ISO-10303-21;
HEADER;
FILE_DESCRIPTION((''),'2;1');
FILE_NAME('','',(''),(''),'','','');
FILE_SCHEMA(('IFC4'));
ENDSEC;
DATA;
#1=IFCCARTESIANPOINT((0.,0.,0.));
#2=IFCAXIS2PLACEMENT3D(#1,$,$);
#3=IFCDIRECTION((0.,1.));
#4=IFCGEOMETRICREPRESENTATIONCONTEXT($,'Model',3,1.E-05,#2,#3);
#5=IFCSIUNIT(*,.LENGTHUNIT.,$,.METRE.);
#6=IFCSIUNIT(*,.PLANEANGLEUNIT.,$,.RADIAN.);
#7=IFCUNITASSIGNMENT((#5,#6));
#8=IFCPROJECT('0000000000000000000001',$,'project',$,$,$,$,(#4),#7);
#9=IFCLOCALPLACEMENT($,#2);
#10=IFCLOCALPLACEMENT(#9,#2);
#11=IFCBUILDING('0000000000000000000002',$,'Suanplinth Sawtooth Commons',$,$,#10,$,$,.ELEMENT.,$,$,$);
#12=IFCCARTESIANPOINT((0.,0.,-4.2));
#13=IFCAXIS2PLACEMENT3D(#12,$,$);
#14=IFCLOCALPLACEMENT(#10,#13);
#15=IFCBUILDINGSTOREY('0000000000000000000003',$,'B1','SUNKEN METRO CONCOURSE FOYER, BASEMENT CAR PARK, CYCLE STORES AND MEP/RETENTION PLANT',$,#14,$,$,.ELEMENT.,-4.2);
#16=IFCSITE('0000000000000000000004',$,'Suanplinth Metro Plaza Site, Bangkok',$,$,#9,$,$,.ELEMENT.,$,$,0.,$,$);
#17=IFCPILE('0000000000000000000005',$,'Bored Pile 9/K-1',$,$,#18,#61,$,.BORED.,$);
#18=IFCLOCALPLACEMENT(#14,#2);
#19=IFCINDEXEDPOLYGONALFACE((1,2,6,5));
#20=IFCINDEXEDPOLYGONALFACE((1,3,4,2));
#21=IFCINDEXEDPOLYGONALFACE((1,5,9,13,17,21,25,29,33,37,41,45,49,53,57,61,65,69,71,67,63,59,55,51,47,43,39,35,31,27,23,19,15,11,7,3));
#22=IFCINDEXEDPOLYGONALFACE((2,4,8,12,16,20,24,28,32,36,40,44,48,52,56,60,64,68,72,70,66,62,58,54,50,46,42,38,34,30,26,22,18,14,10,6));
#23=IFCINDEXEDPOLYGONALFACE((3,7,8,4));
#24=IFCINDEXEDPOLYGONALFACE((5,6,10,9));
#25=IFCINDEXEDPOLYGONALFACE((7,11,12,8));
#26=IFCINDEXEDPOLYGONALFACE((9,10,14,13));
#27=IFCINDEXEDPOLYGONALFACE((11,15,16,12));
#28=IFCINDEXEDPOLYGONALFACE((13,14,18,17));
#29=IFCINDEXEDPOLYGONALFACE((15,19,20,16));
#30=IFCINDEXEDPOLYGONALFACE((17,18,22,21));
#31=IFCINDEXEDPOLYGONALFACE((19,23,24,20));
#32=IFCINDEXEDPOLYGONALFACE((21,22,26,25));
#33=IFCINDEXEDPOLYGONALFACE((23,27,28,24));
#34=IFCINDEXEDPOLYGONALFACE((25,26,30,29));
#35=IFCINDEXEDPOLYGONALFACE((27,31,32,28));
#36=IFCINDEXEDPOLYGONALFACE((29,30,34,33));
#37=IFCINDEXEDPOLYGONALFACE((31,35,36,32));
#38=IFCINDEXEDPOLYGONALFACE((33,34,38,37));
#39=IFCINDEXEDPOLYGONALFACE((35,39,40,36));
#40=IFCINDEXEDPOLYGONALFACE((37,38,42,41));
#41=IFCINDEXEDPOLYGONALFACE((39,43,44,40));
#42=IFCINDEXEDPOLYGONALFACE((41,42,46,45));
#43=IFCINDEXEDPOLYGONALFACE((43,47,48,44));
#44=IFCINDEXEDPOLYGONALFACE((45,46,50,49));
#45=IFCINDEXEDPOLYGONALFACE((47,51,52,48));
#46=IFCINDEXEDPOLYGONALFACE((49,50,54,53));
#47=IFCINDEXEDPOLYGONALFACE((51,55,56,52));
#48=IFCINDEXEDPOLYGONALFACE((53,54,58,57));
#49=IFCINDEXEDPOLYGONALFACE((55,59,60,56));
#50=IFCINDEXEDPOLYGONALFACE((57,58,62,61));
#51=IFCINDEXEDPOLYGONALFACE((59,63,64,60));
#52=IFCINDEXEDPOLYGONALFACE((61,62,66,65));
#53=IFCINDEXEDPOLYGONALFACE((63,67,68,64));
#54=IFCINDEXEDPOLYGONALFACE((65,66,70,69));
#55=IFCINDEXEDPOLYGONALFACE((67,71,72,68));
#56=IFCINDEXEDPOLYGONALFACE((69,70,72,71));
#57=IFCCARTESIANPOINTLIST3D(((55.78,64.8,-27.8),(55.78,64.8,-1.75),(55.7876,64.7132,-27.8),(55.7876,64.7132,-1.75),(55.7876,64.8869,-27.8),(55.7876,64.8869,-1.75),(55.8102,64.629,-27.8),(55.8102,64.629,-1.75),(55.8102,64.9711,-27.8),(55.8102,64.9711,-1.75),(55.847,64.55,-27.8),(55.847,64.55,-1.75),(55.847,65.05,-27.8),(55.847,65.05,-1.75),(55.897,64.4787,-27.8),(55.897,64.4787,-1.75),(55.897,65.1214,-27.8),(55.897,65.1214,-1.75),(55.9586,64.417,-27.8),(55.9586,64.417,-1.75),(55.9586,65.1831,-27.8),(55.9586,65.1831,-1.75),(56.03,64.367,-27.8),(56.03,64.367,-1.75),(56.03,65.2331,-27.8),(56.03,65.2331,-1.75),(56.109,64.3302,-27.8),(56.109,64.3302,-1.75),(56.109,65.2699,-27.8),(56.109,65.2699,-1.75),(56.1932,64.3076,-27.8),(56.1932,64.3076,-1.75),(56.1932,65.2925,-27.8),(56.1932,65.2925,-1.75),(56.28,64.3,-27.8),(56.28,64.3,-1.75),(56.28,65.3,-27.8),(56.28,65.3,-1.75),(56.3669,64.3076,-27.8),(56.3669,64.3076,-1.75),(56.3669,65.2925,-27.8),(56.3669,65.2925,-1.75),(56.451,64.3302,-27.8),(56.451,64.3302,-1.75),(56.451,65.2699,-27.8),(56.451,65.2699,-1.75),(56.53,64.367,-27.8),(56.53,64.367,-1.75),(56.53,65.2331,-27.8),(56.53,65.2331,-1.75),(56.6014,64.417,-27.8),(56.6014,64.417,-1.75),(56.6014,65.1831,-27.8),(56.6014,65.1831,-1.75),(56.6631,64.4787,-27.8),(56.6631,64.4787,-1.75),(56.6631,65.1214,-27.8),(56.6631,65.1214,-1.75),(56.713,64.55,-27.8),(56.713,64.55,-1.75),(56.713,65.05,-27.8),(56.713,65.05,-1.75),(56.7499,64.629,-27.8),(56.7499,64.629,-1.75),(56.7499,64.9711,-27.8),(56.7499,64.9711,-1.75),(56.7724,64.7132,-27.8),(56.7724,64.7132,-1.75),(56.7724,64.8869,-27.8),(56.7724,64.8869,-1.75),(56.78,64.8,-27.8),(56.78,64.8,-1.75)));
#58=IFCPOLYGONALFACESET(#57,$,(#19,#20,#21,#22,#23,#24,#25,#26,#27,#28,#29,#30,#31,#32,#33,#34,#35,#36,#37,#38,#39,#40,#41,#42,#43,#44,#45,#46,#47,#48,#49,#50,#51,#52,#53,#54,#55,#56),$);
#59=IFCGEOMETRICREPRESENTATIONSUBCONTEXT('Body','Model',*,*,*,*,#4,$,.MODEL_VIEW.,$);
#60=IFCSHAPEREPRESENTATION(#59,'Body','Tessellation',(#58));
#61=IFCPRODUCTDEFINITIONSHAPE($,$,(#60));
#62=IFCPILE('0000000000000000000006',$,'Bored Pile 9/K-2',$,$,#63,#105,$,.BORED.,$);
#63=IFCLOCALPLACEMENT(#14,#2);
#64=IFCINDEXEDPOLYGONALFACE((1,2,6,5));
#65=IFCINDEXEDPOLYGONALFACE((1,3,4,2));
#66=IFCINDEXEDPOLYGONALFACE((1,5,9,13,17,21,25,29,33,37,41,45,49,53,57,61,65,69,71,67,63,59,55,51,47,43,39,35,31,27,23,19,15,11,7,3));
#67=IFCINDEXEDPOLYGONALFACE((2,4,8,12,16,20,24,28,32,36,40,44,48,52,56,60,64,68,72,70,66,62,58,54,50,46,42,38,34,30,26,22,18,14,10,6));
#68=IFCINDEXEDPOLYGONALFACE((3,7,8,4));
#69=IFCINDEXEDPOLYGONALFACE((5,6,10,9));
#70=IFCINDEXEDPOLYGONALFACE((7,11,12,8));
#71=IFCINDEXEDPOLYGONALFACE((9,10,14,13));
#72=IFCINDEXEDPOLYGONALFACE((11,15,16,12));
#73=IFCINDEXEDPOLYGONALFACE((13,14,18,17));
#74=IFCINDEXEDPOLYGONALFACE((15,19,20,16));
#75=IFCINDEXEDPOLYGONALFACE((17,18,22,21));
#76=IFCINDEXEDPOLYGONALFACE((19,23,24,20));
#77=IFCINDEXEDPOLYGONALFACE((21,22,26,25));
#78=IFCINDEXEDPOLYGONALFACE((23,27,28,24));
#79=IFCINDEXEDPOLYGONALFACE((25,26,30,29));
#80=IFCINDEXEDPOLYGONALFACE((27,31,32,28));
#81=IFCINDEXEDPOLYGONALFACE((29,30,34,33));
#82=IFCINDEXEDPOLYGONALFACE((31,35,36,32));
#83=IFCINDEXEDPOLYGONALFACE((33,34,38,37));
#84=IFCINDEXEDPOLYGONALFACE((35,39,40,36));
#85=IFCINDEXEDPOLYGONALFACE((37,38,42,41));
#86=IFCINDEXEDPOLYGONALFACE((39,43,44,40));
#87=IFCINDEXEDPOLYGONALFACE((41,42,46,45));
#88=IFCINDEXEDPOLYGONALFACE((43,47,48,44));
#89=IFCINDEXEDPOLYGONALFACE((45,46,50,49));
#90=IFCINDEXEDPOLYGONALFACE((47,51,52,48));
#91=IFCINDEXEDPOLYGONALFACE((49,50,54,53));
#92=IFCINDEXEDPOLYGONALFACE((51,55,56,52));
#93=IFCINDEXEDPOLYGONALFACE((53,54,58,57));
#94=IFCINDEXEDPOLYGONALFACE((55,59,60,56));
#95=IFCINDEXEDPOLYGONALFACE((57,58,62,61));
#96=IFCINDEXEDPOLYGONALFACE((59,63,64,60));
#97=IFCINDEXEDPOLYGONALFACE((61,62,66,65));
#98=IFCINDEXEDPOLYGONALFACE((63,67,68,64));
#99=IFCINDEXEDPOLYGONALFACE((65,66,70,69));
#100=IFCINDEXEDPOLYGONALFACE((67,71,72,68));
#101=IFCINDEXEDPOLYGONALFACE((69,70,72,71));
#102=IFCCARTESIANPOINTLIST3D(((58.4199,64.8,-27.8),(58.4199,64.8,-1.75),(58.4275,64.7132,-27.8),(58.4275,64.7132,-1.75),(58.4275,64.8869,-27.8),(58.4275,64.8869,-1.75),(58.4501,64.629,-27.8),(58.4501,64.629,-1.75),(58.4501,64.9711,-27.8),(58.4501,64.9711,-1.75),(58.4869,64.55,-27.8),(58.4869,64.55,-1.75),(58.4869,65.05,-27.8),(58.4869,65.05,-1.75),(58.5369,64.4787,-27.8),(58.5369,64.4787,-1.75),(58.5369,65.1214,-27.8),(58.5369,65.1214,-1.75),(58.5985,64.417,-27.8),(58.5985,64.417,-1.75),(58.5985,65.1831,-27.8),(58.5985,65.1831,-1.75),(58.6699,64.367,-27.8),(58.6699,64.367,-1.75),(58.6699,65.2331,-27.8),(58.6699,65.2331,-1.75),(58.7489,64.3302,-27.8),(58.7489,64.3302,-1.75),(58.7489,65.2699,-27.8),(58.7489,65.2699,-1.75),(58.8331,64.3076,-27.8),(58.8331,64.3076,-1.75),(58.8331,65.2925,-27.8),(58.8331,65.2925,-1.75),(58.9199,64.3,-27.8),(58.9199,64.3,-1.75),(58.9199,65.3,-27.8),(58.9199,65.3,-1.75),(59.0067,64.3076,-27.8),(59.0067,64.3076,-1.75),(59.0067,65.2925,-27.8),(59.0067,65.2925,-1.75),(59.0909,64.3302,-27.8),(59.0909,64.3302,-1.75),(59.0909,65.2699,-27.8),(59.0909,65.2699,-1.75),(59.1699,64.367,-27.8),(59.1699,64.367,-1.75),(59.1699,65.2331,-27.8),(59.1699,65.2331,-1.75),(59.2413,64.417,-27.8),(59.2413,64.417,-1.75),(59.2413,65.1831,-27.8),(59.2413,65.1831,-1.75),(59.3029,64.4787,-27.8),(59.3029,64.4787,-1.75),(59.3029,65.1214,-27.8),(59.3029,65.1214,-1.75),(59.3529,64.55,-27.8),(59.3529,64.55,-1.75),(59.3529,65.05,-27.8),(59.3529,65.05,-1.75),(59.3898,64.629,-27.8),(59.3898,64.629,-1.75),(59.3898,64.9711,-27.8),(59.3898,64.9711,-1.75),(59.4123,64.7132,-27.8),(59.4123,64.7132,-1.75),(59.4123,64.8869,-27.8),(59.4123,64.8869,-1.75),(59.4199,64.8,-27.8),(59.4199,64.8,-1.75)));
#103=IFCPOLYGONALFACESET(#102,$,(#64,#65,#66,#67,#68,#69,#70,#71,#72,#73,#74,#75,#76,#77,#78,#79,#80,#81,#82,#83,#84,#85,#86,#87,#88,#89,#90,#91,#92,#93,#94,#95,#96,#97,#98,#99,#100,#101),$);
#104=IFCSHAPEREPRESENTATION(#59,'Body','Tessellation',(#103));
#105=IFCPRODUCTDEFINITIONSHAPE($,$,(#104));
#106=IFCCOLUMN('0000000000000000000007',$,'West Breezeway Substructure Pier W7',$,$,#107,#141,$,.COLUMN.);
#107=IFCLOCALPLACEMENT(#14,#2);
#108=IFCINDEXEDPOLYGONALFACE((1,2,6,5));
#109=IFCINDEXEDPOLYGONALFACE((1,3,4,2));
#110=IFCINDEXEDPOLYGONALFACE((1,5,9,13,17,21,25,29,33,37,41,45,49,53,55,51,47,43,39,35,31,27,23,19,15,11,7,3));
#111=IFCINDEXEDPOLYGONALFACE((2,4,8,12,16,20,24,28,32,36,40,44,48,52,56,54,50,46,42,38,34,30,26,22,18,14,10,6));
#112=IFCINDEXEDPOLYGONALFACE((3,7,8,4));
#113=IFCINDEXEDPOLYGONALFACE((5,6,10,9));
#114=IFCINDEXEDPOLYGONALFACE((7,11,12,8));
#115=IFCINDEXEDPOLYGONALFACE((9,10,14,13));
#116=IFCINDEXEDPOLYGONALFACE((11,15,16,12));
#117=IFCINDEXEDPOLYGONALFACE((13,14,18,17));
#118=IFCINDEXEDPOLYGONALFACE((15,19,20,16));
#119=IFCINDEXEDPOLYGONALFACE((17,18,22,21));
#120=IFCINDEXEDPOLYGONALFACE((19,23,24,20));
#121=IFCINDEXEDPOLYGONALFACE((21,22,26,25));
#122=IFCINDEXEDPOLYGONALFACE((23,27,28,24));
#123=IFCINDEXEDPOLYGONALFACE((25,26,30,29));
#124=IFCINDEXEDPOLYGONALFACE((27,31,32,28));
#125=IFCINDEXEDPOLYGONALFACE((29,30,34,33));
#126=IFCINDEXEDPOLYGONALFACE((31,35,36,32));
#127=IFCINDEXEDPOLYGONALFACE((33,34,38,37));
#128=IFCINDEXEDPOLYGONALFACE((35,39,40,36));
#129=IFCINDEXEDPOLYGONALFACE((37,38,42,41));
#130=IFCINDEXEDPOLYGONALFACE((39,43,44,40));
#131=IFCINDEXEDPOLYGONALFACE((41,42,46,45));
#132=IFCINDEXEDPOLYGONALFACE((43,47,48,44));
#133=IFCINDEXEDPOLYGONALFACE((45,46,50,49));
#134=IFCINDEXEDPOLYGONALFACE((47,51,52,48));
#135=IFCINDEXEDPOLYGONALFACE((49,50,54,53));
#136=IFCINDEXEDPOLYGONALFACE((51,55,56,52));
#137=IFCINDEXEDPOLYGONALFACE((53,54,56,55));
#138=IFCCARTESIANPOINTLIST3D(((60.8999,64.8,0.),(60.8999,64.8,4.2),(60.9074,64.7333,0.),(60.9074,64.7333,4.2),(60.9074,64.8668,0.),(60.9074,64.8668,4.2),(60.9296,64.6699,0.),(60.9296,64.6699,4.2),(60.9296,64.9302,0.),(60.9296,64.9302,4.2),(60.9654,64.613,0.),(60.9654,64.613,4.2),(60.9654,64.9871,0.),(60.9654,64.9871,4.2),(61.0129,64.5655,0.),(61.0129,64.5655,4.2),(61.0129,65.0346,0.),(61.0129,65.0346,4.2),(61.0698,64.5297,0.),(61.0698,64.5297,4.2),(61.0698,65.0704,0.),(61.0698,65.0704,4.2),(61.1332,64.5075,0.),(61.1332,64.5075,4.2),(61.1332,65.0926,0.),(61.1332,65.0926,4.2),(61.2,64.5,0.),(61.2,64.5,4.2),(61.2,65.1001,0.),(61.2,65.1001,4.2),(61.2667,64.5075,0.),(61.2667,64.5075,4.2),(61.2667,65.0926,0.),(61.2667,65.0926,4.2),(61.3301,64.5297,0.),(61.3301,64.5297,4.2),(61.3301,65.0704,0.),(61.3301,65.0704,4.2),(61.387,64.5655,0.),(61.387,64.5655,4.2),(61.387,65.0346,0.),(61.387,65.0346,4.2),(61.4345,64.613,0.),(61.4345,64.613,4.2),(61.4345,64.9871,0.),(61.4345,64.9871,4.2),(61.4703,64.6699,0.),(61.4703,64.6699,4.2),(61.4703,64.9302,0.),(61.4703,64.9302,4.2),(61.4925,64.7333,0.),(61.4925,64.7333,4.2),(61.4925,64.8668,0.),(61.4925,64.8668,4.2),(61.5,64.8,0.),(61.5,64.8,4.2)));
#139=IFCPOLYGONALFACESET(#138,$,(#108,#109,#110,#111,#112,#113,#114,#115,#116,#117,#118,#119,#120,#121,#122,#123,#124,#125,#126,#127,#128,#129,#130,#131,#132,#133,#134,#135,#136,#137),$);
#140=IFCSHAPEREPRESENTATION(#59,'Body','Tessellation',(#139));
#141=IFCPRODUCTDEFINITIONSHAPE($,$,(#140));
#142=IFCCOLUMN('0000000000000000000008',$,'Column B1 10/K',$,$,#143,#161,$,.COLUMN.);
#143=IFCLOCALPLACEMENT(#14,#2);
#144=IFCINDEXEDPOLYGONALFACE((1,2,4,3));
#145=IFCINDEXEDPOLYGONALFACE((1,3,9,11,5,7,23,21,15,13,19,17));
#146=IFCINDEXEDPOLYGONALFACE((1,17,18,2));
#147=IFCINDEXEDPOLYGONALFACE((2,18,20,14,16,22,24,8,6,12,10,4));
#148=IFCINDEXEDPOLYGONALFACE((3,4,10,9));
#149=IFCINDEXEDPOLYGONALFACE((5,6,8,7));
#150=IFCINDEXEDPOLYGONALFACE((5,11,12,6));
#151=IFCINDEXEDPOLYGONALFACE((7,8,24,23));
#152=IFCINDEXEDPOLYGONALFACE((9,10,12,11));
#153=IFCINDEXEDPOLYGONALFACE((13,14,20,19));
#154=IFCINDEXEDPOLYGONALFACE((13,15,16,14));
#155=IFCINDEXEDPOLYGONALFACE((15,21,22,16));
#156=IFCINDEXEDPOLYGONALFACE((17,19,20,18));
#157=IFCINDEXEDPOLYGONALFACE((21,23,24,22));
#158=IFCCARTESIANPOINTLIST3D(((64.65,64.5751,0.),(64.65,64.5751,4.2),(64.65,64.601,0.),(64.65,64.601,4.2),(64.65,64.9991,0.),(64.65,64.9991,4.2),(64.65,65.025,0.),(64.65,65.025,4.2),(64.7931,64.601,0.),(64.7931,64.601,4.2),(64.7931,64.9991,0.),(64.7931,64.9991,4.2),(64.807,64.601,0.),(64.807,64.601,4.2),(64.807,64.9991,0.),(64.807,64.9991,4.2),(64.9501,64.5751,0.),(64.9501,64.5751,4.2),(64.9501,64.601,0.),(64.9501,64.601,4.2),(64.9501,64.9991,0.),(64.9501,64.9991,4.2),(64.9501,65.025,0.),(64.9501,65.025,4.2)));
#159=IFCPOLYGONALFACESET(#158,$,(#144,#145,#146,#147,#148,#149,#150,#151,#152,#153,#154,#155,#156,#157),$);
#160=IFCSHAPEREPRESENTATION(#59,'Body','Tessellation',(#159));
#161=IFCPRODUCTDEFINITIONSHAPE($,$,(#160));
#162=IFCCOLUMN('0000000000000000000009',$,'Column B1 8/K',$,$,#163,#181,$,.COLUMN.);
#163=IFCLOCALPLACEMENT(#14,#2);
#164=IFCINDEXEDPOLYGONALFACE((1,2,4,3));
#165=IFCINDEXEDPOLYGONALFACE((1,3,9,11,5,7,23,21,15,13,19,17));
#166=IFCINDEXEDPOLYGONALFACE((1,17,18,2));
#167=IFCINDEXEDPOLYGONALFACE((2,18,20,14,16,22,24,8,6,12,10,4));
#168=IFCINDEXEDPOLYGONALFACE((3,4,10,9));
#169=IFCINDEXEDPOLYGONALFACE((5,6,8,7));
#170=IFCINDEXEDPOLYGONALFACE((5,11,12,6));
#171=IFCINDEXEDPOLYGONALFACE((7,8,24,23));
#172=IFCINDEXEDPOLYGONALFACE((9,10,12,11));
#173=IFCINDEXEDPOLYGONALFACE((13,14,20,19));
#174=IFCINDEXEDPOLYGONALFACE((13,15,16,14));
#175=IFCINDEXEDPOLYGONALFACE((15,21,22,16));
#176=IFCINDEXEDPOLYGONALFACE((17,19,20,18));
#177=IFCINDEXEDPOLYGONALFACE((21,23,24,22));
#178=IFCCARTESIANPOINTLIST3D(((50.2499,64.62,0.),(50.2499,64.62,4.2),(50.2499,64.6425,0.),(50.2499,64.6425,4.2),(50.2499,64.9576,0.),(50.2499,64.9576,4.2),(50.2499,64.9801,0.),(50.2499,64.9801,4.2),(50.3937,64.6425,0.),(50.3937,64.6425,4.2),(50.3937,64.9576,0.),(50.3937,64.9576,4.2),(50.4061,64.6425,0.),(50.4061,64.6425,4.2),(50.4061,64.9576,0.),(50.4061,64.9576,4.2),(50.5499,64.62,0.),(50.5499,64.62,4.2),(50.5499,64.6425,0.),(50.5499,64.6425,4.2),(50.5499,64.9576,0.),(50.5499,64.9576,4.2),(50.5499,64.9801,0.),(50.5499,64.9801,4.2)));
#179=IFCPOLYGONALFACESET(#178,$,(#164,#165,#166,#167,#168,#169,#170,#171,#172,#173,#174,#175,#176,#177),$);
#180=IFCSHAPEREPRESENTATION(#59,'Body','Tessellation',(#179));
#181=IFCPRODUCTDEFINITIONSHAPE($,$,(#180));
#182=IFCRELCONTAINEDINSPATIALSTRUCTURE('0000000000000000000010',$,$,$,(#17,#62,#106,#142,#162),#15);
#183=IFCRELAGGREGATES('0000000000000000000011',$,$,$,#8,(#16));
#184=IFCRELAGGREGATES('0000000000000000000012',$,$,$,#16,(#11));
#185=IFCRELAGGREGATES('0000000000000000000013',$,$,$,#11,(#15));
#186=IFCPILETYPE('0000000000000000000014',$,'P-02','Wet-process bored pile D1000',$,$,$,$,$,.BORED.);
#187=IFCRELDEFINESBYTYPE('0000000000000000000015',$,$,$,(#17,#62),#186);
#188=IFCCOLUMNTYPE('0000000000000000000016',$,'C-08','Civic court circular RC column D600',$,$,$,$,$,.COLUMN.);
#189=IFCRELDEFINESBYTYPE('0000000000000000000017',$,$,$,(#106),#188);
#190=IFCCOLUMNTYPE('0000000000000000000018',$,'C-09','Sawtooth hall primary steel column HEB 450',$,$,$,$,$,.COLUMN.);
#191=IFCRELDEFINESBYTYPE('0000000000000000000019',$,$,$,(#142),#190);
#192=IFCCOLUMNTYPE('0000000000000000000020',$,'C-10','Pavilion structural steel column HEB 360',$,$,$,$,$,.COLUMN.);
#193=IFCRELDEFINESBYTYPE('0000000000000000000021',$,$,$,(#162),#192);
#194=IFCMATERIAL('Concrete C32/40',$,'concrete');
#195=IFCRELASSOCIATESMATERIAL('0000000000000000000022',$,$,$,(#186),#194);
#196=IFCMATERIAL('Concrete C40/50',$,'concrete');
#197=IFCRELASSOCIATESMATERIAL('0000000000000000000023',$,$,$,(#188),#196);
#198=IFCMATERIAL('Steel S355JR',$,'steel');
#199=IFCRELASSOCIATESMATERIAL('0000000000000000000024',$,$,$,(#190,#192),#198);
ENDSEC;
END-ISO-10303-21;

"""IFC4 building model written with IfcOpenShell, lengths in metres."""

from ifc_helpers import new_model, si_unit, direction, frame, origin, origin_2d, place, context, subcontext, project, spatial, circle, i_section, extrude, material, material_profile, profile_set, type_object, element, save


model = new_model("IFC4")

# Units and contexts
model_context = context("Model", 3, precision=1e-05, world=origin(), true_north=direction((0.0, 1.0)))
body_context = subcontext(model_context, "Body", "Model", "MODEL_VIEW")
ifc_project = project(units=[si_unit("LENGTHUNIT", "METRE"), si_unit("PLANEANGLEUNIT", "RADIAN")], contexts=[model_context])

# Site, building, storey
site_placement = place(None, origin())
site = spatial("IfcSite", under=ifc_project, at=site_placement, Name="Suanplinth Metro Plaza Site, Bangkok", CompositionType="ELEMENT", RefElevation=0.0)
building_placement = place(site_placement, origin())
building = spatial("IfcBuilding", under=site, at=building_placement, Name="Suanplinth Sawtooth Commons", CompositionType="ELEMENT")
storey_placement = place(building_placement, frame((0.0, 0.0, -4.2)))
storey = spatial("IfcBuildingStorey", under=building, at=storey_placement, Name="B1", Description="SUNKEN METRO CONCOURSE FOYER, BASEMENT CAR PARK, CYCLE STORES AND MEP/RETENTION PLANT", CompositionType="ELEMENT", Elevation=-4.2)

# Piles
ifc_material_1 = material(Name="Concrete C32/40", Category="concrete")
ifc_material_profile_1 = material_profile(ifc_material_1, circle(Radius=0.5, at=origin_2d()), Name="PILE D1000")
ifc_profile_set_1 = profile_set([ifc_material_profile_1], Name="Concrete C32/40")
pile_type_1 = type_object("IfcPileType", Name="P-02", Description="Wet-process bored pile D1000", PredefinedType="BORED", material=ifc_profile_set_1)
for number, where, z_axis, x_axis, name in (
    (1, (56.28, 64.8, -1.75), (0.0, 0.0, -1.0), (1.0, 0.0, 0.0), "Bored Pile 9/K-1"),
    (2, (58.9199, 64.8, -1.75), (0.0, 0.0, -1.0), (1.0, 0.0, 0.0), "Bored Pile 9/K-2"),
):
    element("IfcPile", number, at=place(storey_placement, frame(where, z_axis=z_axis, x_axis=x_axis)), inside=storey, type_object=pile_type_1, Name=name, PredefinedType="BORED", context=body_context, shape_type="SweptSolid", body=[
        extrude(circle(Radius=0.5, at=origin_2d()), origin(), (0.0, 0.0, 1.0), 26.05),
    ])

# Columns
ifc_material_2 = material(Name="Concrete C40/50", Category="concrete")
ifc_material_profile_2 = material_profile(ifc_material_2, circle(Radius=0.3, at=origin_2d()), Name="RC-CIRC D600")
ifc_profile_set_2 = profile_set([ifc_material_profile_2], Name="Concrete C40/50")
column_type_1 = type_object("IfcColumnType", Name="C-08", Description="Civic court circular RC column D600", PredefinedType="COLUMN", material=ifc_profile_set_2)
column_1_placement = place(storey_placement, frame((61.2, 64.8, 0.0), z_axis=(0.0, 0.0, 1.0), x_axis=(1.0, 0.0, 0.0)))
element("IfcColumn", 3, at=column_1_placement, inside=storey, type_object=column_type_1, Name="West Breezeway Substructure Pier W7", PredefinedType="COLUMN", context=body_context, shape_type="SweptSolid", body=[
    extrude(circle(Radius=0.3, at=origin_2d()), origin(), (0.0, 0.0, 1.0), 4.2),
])
ifc_material_3 = material(Name="Steel S355JR", Category="steel")
ifc_material_profile_3 = material_profile(ifc_material_3, i_section(OverallWidth=0.3, OverallDepth=0.45, WebThickness=0.0139, FlangeThickness=0.0259, at=origin_2d()), Name="HEB 450")
ifc_profile_set_3 = profile_set([ifc_material_profile_3], Name="Steel S355JR")
column_type_2 = type_object("IfcColumnType", Name="C-09", Description="Sawtooth hall primary steel column HEB 450", PredefinedType="COLUMN", material=ifc_profile_set_3)
column_2_placement = place(storey_placement, frame((64.8, 64.8, 0.0), z_axis=(0.0, 0.0, 1.0), x_axis=(1.0, 0.0, 0.0)))
element("IfcColumn", 4, at=column_2_placement, inside=storey, type_object=column_type_2, Name="Column B1 10/K", PredefinedType="COLUMN", context=body_context, shape_type="SweptSolid", body=[
    extrude(i_section(OverallWidth=0.3, OverallDepth=0.45, WebThickness=0.0139, FlangeThickness=0.0259, at=origin_2d()), origin(), (0.0, 0.0, 1.0), 4.2),
])
ifc_material_profile_4 = material_profile(ifc_material_3, i_section(OverallWidth=0.3, OverallDepth=0.3601, WebThickness=0.0125, FlangeThickness=0.0225, at=origin_2d()), Name="HEB 360")
ifc_profile_set_4 = profile_set([ifc_material_profile_4], Name="Steel S355JR")
column_type_3 = type_object("IfcColumnType", Name="C-10", Description="Pavilion structural steel column HEB 360", PredefinedType="COLUMN", material=ifc_profile_set_4)
for number, where, z_axis, x_axis, name in (
    (5, (50.3999, 64.8, 0.0), (0.0, 0.0, 1.0), (1.0, 0.0, 0.0), "Column B1 8/K"),
):
    element("IfcColumn", number, at=place(storey_placement, frame(where, z_axis=z_axis, x_axis=x_axis)), inside=storey, type_object=column_type_3, Name=name, PredefinedType="COLUMN", context=body_context, shape_type="SweptSolid", body=[
        extrude(i_section(OverallWidth=0.3, OverallDepth=0.3601, WebThickness=0.0125, FlangeThickness=0.0225, at=origin_2d()), origin(), (0.0, 0.0, 1.0), 4.2),
    ])

save(model, "model.ifc")
